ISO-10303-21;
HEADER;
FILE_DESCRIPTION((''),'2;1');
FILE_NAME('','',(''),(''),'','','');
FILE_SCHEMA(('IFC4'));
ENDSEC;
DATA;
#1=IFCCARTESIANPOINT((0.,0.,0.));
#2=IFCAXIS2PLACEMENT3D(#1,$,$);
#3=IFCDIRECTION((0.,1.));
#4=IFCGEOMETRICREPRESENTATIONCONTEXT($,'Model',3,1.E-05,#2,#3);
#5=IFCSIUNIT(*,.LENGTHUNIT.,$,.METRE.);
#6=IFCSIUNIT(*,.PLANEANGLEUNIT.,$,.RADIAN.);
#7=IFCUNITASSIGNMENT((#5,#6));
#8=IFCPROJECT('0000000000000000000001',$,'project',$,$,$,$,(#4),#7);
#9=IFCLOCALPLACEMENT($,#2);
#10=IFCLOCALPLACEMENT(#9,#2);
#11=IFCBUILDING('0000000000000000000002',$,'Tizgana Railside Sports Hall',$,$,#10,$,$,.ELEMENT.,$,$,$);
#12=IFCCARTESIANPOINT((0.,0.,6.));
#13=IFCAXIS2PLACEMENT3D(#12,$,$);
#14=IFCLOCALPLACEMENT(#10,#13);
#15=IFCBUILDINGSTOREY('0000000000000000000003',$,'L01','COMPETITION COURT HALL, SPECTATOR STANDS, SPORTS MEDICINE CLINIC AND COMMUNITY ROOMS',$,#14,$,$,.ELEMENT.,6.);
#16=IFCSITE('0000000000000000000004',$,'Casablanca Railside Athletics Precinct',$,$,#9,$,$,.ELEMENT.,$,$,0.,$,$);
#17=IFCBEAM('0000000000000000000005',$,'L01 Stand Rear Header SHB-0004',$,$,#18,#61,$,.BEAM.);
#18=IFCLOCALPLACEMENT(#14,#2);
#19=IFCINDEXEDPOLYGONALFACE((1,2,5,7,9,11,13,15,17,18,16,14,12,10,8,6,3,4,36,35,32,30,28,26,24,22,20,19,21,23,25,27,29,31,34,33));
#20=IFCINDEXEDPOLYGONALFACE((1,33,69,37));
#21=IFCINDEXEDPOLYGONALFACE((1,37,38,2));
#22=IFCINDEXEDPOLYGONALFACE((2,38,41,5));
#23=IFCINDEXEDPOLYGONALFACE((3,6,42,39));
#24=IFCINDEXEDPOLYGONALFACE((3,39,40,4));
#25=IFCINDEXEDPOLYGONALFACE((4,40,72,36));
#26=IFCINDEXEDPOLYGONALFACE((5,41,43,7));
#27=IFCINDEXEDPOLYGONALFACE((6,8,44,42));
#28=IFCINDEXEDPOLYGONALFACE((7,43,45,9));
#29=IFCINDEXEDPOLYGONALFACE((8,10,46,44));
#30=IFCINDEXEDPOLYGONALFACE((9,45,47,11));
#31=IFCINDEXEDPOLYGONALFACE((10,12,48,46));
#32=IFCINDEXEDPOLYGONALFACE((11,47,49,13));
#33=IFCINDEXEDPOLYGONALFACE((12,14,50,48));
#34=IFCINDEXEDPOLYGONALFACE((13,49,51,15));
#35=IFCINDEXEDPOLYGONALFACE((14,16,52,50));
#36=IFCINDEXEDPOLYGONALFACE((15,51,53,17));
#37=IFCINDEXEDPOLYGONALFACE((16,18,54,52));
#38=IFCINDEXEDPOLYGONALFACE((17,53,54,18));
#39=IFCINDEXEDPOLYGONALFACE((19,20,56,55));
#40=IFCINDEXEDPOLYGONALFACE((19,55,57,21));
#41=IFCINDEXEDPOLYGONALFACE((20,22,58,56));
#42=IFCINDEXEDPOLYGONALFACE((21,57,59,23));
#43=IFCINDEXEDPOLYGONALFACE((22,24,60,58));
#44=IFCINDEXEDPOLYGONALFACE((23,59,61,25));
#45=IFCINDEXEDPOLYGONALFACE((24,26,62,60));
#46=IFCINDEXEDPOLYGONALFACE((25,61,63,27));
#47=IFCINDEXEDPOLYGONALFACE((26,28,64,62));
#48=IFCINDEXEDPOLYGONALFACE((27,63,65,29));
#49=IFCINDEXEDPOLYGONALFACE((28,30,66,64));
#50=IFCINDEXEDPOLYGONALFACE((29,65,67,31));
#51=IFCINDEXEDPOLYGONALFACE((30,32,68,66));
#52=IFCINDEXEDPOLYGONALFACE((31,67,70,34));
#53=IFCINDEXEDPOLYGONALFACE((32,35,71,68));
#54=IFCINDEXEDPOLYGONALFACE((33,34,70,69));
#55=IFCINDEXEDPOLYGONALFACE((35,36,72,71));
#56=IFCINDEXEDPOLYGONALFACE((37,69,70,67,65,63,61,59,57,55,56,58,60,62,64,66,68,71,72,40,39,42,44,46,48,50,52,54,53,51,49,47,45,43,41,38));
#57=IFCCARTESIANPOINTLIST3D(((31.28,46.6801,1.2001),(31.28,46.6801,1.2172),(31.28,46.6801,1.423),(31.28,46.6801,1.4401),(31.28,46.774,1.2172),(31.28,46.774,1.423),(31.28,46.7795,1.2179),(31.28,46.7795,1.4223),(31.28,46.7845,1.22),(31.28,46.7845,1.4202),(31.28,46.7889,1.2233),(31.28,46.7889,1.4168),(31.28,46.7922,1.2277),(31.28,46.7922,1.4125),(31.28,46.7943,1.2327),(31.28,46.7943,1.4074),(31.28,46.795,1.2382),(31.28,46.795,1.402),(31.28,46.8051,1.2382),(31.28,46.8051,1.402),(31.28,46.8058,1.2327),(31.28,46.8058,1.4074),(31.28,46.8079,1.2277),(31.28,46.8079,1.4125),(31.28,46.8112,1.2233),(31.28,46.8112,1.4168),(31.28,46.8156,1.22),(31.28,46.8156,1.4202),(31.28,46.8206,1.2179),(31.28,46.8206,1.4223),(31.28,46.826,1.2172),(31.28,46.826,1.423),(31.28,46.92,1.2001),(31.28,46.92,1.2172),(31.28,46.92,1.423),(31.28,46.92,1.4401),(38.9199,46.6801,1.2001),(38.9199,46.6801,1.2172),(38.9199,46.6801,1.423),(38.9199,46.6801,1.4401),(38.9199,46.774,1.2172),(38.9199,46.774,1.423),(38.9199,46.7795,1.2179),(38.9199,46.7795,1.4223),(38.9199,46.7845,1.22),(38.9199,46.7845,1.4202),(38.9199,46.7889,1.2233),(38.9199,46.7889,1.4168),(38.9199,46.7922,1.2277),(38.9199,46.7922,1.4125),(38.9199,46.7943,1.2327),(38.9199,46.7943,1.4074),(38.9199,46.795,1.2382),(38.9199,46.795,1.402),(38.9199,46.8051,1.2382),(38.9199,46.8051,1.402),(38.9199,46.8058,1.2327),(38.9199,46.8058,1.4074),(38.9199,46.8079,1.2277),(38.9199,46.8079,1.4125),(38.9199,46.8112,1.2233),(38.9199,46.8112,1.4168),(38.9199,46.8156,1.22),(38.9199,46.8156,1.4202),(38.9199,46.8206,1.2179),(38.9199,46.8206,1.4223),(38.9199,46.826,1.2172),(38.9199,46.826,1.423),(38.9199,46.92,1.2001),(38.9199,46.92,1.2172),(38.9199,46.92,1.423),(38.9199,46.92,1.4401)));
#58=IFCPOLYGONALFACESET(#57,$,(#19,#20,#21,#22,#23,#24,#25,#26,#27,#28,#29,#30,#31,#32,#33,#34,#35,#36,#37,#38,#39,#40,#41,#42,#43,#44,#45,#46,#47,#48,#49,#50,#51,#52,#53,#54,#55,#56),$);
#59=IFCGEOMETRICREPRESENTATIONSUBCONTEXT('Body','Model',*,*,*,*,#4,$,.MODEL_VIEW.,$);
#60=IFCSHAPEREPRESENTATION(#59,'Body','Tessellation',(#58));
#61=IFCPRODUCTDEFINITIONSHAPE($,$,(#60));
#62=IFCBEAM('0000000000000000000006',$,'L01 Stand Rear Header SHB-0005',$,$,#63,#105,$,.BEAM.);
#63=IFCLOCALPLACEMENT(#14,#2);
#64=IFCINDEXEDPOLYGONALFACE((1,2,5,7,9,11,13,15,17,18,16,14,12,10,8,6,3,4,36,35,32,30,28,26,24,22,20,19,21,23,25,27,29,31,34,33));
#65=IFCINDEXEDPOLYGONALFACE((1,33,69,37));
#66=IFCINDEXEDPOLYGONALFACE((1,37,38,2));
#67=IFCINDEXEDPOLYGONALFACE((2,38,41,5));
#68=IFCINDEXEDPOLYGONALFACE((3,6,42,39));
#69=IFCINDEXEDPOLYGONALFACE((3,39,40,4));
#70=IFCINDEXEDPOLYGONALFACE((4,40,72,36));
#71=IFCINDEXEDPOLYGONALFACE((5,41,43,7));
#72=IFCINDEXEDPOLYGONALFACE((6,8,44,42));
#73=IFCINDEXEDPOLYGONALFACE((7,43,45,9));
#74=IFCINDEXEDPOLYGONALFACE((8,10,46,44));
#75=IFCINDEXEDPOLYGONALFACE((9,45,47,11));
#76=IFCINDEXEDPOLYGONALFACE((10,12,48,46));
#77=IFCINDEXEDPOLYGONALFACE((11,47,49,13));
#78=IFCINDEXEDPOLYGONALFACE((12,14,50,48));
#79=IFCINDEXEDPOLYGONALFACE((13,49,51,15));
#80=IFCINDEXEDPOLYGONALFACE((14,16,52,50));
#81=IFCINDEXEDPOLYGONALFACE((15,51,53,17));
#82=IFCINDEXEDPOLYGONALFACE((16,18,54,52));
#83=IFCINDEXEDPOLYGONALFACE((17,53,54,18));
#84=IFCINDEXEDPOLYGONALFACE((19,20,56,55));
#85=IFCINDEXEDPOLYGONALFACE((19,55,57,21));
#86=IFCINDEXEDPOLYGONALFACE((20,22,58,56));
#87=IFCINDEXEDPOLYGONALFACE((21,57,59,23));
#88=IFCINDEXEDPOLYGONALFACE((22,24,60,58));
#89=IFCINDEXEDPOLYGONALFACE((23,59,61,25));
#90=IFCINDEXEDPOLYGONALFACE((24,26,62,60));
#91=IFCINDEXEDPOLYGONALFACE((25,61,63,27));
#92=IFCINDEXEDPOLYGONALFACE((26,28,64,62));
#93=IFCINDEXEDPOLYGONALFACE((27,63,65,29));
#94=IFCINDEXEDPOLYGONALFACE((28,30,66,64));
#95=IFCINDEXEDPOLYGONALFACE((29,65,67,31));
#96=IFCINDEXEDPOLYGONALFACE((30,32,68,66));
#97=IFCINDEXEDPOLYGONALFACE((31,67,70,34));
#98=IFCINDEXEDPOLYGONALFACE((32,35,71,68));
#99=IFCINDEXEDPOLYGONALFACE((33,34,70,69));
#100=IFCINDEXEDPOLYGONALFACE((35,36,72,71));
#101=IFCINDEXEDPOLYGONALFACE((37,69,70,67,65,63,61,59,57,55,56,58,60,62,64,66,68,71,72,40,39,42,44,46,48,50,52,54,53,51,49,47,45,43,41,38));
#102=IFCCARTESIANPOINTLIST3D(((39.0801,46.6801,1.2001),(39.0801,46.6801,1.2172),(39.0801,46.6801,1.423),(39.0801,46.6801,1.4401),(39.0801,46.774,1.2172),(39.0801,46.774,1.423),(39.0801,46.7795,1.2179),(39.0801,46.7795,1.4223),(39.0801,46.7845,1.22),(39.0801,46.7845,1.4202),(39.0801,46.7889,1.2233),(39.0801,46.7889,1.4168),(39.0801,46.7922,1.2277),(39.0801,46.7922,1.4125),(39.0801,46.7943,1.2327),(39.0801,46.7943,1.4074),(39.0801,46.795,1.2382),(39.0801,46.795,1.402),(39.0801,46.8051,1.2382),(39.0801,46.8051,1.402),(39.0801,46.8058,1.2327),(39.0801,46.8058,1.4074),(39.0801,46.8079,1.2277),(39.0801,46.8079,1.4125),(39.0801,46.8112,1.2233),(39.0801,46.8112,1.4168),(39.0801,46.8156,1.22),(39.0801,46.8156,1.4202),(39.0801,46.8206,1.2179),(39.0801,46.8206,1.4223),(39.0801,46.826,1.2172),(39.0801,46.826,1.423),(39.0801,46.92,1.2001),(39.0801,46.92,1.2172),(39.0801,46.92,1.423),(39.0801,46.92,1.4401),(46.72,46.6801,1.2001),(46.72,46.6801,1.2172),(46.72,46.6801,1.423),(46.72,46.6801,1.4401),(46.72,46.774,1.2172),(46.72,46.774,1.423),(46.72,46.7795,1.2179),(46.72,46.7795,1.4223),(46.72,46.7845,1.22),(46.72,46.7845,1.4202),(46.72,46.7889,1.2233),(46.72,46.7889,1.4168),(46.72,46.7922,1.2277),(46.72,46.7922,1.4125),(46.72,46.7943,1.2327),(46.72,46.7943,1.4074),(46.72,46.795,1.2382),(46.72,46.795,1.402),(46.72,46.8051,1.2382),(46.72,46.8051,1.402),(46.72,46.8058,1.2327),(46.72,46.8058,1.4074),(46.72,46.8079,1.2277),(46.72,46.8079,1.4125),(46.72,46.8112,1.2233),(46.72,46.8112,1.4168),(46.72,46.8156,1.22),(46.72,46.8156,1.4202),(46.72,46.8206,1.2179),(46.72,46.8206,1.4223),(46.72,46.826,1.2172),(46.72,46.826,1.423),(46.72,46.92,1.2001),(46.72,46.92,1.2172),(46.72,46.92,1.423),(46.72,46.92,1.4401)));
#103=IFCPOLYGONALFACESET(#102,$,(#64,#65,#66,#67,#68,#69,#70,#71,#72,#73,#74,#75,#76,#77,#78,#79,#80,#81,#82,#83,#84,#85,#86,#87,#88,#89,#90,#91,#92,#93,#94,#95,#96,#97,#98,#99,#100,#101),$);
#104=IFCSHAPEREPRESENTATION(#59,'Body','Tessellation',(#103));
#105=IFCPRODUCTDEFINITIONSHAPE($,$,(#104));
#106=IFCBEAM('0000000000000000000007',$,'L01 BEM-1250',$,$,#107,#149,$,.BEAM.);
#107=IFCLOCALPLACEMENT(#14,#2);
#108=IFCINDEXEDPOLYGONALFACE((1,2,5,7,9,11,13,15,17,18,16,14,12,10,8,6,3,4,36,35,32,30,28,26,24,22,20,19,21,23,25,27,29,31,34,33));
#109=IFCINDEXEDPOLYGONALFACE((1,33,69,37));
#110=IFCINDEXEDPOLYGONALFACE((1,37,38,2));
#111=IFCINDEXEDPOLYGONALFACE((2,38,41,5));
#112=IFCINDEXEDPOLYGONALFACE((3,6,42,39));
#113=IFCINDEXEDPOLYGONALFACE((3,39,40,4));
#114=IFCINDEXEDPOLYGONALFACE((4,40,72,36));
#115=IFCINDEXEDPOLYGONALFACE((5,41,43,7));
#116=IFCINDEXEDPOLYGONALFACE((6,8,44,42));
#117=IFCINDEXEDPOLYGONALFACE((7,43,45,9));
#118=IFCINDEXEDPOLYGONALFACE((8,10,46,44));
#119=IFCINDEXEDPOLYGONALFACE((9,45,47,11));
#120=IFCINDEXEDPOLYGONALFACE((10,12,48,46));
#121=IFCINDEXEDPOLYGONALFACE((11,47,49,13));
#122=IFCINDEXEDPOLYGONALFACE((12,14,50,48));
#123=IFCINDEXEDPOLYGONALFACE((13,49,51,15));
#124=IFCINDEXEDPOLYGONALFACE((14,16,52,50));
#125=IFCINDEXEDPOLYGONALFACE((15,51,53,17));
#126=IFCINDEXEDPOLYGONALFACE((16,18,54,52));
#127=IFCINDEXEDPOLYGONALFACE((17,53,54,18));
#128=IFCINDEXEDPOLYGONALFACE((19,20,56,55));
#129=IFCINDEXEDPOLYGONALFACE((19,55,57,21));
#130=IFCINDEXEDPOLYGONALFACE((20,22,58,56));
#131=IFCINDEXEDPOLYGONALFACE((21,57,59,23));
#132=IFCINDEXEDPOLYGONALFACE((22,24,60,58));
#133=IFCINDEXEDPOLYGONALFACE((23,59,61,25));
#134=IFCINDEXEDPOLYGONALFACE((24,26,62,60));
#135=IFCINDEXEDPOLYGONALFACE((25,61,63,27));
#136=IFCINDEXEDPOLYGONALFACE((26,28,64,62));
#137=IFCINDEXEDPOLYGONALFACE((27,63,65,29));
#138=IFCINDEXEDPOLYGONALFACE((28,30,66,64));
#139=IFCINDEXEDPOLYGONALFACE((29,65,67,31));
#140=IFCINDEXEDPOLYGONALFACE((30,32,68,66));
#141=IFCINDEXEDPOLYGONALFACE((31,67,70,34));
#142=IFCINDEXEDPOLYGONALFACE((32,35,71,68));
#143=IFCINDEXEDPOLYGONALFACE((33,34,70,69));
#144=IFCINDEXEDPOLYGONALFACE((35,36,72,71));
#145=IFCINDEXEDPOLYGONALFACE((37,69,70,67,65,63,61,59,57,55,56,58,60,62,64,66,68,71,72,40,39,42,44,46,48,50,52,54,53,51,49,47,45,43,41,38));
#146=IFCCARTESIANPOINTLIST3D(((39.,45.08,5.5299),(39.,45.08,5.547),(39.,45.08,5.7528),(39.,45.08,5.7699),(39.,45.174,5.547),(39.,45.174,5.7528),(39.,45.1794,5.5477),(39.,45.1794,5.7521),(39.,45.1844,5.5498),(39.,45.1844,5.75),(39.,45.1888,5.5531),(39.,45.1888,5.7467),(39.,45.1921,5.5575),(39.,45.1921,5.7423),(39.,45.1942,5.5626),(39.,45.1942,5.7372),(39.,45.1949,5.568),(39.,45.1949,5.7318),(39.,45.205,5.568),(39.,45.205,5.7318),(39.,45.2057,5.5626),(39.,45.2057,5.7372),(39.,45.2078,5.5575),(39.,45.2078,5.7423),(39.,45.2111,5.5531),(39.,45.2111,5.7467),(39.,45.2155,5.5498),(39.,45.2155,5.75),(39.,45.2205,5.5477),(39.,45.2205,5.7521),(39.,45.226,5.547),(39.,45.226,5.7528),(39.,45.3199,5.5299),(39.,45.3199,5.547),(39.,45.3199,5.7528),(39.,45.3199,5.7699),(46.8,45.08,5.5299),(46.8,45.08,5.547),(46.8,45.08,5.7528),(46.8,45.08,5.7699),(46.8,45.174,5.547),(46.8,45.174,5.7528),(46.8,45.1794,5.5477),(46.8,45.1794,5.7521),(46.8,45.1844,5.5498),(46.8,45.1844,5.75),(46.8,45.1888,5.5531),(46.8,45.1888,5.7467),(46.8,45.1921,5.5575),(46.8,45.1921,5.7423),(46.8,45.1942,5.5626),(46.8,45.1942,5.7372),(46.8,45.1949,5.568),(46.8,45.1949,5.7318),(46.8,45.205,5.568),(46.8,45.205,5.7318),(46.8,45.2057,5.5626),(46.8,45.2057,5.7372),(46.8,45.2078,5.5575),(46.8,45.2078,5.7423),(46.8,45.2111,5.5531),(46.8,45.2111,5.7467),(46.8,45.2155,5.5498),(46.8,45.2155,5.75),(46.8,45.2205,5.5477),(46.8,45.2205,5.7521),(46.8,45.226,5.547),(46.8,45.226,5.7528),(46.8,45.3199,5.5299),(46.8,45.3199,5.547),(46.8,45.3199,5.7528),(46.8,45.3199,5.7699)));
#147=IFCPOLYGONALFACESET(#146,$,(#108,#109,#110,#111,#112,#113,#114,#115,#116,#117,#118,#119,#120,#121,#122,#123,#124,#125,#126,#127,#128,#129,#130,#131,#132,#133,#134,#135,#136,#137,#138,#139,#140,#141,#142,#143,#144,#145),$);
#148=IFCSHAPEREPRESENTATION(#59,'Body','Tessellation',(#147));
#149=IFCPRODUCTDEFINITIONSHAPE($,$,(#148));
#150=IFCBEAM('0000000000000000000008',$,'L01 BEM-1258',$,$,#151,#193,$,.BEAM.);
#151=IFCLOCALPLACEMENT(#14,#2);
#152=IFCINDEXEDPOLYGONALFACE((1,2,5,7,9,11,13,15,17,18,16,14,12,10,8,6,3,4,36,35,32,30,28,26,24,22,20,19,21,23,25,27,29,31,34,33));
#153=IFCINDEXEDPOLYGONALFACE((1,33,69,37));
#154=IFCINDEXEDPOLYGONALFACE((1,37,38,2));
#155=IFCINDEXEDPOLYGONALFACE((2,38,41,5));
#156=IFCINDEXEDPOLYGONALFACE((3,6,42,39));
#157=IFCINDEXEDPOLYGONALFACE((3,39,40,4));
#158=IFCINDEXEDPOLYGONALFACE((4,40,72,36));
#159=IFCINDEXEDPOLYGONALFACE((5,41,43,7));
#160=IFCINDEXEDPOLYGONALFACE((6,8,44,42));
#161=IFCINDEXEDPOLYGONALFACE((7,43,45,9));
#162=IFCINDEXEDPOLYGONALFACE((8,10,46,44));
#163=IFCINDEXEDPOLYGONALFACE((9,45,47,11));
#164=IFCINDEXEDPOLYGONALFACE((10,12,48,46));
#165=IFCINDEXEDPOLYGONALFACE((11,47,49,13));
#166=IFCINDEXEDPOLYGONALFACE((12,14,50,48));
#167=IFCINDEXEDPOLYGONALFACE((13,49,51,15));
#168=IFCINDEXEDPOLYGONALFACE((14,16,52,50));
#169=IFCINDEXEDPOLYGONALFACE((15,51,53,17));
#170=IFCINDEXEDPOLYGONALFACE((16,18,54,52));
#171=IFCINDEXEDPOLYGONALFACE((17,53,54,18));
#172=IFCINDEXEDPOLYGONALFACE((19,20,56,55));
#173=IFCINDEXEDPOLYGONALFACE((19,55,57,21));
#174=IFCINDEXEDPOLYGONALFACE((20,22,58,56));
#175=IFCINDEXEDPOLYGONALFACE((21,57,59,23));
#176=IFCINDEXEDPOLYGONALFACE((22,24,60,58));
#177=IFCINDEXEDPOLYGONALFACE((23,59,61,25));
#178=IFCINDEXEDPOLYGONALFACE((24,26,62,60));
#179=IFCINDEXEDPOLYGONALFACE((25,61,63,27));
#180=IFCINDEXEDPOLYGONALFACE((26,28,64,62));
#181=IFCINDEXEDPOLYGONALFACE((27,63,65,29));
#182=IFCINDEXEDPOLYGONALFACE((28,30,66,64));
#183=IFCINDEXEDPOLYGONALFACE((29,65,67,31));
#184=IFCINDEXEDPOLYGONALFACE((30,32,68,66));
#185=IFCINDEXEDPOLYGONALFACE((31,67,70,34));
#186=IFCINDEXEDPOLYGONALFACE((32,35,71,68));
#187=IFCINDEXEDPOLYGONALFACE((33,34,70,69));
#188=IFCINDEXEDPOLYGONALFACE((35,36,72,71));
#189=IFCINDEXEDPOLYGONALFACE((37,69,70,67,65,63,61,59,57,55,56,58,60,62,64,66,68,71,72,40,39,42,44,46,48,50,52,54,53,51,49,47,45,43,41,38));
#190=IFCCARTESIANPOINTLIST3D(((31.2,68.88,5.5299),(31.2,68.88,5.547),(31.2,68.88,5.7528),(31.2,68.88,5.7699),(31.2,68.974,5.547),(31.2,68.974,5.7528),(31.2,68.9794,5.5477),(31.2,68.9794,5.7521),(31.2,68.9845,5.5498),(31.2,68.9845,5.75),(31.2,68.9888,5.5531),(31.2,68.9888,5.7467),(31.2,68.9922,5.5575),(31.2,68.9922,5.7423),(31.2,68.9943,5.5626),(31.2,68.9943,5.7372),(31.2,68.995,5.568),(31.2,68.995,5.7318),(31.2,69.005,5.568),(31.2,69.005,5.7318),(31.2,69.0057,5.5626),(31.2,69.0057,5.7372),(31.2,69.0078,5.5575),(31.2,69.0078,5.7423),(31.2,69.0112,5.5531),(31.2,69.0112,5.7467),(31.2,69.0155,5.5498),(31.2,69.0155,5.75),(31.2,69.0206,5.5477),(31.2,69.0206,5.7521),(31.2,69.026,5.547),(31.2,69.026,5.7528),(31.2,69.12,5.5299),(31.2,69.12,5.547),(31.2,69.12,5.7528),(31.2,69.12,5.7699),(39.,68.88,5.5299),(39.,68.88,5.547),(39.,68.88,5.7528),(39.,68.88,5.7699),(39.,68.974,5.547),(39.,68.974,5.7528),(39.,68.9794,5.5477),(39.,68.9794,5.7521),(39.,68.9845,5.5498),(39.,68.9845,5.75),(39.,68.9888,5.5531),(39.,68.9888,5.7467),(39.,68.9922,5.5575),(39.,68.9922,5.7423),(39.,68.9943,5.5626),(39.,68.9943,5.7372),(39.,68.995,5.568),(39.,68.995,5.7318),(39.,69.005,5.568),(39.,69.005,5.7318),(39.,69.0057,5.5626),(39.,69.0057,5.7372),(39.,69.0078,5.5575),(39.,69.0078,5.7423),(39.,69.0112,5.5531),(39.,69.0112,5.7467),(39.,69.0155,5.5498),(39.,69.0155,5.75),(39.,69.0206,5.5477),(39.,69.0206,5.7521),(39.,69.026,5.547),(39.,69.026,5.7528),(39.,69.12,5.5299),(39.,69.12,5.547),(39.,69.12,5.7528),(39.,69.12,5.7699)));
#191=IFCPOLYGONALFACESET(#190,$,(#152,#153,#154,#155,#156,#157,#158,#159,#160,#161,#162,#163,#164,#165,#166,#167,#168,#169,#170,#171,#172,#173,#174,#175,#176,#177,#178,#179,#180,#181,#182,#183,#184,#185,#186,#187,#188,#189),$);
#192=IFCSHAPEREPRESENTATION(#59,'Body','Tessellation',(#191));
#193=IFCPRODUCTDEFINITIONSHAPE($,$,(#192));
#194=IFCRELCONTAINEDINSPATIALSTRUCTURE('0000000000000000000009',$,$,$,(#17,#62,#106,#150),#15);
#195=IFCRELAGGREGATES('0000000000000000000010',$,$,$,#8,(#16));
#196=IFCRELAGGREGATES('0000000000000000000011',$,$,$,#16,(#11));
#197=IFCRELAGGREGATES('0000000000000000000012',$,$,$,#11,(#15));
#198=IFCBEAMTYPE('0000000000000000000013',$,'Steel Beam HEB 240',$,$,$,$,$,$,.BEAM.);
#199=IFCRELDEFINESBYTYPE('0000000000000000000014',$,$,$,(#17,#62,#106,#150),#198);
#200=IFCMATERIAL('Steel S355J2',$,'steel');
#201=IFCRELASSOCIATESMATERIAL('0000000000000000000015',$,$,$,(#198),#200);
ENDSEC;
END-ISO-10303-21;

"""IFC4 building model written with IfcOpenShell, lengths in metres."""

from ifc_helpers import new_model, si_unit, direction, frame, origin, origin_2d, place, context, subcontext, project, spatial, i_section, extrude, material, material_profile, profile_set, type_object, element, save


model = new_model("IFC4")

# Units and contexts
model_context = context("Model", 3, precision=1e-05, world=origin(), true_north=direction((0.0, 1.0)))
body_context = subcontext(model_context, "Body", "Model", "MODEL_VIEW")
ifc_project = project(units=[si_unit("LENGTHUNIT", "METRE"), si_unit("PLANEANGLEUNIT", "RADIAN")], contexts=[model_context])

# Site, building, storey
site_placement = place(None, origin())
site = spatial("IfcSite", under=ifc_project, at=site_placement, Name="Casablanca Railside Athletics Precinct", CompositionType="ELEMENT", RefElevation=0.0)
building_placement = place(site_placement, origin())
building = spatial("IfcBuilding", under=site, at=building_placement, Name="Tizgana Railside Sports Hall", CompositionType="ELEMENT")
storey_placement = place(building_placement, frame((0.0, 0.0, 6.0)))
storey = spatial("IfcBuildingStorey", under=building, at=storey_placement, Name="L01", Description="COMPETITION COURT HALL, SPECTATOR STANDS, SPORTS MEDICINE CLINIC AND COMMUNITY ROOMS", CompositionType="ELEMENT", Elevation=6.0)

# Beams
ifc_material_1 = material(Name="Steel S355J2", Category="steel")
ifc_material_profile_1 = material_profile(ifc_material_1, i_section(OverallWidth=0.24, OverallDepth=0.24, WebThickness=0.01, FlangeThickness=0.0171, FilletRadius=0.021, at=origin_2d()), Name="HEB 240")
ifc_profile_set_1 = profile_set([ifc_material_profile_1], Name="Steel S355J2")
beam_type_1 = type_object("IfcBeamType", Name="Steel Beam HEB 240", PredefinedType="BEAM", material=ifc_profile_set_1)
for number, where, z_axis, x_axis, name in (
    (1, (31.28, 46.8, 1.3201), (1.0, 0.0, 0.0), (0.0, 1.0, 0.0), "L01 Stand Rear Header SHB-0004"),
    (2, (39.0801, 46.8, 1.3201), (1.0, 0.0, 0.0), (0.0, 1.0, 0.0), "L01 Stand Rear Header SHB-0005"),
):
    element("IfcBeam", number, at=place(storey_placement, frame(where, z_axis=z_axis, x_axis=x_axis)), inside=storey, type_object=beam_type_1, Name=name, PredefinedType="BEAM", context=body_context, shape_type="SweptSolid", body=[
        extrude(i_section(OverallWidth=0.24, OverallDepth=0.24, WebThickness=0.01, FlangeThickness=0.0171, FilletRadius=0.021, at=origin_2d()), origin(), (0.0, 0.0, 1.0), 7.6399),
    ])
for number, where, z_axis, x_axis, name in (
    (3, (39.0, 45.2, 5.6499), (1.0, 0.0, 0.0), (0.0, 1.0, 0.0), "L01 BEM-1250"),
    (4, (31.2, 69.0, 5.6499), (1.0, 0.0, 0.0), (0.0, 1.0, 0.0), "L01 BEM-1258"),
):
    element("IfcBeam", number, at=place(storey_placement, frame(where, z_axis=z_axis, x_axis=x_axis)), inside=storey, type_object=beam_type_1, Name=name, PredefinedType="BEAM", context=body_context, shape_type="SweptSolid", body=[
        extrude(i_section(OverallWidth=0.24, OverallDepth=0.24, WebThickness=0.01, FlangeThickness=0.0171, FilletRadius=0.021, at=origin_2d()), origin(), (0.0, 0.0, 1.0), 7.8),
    ])

save(model, "model.ifc")
